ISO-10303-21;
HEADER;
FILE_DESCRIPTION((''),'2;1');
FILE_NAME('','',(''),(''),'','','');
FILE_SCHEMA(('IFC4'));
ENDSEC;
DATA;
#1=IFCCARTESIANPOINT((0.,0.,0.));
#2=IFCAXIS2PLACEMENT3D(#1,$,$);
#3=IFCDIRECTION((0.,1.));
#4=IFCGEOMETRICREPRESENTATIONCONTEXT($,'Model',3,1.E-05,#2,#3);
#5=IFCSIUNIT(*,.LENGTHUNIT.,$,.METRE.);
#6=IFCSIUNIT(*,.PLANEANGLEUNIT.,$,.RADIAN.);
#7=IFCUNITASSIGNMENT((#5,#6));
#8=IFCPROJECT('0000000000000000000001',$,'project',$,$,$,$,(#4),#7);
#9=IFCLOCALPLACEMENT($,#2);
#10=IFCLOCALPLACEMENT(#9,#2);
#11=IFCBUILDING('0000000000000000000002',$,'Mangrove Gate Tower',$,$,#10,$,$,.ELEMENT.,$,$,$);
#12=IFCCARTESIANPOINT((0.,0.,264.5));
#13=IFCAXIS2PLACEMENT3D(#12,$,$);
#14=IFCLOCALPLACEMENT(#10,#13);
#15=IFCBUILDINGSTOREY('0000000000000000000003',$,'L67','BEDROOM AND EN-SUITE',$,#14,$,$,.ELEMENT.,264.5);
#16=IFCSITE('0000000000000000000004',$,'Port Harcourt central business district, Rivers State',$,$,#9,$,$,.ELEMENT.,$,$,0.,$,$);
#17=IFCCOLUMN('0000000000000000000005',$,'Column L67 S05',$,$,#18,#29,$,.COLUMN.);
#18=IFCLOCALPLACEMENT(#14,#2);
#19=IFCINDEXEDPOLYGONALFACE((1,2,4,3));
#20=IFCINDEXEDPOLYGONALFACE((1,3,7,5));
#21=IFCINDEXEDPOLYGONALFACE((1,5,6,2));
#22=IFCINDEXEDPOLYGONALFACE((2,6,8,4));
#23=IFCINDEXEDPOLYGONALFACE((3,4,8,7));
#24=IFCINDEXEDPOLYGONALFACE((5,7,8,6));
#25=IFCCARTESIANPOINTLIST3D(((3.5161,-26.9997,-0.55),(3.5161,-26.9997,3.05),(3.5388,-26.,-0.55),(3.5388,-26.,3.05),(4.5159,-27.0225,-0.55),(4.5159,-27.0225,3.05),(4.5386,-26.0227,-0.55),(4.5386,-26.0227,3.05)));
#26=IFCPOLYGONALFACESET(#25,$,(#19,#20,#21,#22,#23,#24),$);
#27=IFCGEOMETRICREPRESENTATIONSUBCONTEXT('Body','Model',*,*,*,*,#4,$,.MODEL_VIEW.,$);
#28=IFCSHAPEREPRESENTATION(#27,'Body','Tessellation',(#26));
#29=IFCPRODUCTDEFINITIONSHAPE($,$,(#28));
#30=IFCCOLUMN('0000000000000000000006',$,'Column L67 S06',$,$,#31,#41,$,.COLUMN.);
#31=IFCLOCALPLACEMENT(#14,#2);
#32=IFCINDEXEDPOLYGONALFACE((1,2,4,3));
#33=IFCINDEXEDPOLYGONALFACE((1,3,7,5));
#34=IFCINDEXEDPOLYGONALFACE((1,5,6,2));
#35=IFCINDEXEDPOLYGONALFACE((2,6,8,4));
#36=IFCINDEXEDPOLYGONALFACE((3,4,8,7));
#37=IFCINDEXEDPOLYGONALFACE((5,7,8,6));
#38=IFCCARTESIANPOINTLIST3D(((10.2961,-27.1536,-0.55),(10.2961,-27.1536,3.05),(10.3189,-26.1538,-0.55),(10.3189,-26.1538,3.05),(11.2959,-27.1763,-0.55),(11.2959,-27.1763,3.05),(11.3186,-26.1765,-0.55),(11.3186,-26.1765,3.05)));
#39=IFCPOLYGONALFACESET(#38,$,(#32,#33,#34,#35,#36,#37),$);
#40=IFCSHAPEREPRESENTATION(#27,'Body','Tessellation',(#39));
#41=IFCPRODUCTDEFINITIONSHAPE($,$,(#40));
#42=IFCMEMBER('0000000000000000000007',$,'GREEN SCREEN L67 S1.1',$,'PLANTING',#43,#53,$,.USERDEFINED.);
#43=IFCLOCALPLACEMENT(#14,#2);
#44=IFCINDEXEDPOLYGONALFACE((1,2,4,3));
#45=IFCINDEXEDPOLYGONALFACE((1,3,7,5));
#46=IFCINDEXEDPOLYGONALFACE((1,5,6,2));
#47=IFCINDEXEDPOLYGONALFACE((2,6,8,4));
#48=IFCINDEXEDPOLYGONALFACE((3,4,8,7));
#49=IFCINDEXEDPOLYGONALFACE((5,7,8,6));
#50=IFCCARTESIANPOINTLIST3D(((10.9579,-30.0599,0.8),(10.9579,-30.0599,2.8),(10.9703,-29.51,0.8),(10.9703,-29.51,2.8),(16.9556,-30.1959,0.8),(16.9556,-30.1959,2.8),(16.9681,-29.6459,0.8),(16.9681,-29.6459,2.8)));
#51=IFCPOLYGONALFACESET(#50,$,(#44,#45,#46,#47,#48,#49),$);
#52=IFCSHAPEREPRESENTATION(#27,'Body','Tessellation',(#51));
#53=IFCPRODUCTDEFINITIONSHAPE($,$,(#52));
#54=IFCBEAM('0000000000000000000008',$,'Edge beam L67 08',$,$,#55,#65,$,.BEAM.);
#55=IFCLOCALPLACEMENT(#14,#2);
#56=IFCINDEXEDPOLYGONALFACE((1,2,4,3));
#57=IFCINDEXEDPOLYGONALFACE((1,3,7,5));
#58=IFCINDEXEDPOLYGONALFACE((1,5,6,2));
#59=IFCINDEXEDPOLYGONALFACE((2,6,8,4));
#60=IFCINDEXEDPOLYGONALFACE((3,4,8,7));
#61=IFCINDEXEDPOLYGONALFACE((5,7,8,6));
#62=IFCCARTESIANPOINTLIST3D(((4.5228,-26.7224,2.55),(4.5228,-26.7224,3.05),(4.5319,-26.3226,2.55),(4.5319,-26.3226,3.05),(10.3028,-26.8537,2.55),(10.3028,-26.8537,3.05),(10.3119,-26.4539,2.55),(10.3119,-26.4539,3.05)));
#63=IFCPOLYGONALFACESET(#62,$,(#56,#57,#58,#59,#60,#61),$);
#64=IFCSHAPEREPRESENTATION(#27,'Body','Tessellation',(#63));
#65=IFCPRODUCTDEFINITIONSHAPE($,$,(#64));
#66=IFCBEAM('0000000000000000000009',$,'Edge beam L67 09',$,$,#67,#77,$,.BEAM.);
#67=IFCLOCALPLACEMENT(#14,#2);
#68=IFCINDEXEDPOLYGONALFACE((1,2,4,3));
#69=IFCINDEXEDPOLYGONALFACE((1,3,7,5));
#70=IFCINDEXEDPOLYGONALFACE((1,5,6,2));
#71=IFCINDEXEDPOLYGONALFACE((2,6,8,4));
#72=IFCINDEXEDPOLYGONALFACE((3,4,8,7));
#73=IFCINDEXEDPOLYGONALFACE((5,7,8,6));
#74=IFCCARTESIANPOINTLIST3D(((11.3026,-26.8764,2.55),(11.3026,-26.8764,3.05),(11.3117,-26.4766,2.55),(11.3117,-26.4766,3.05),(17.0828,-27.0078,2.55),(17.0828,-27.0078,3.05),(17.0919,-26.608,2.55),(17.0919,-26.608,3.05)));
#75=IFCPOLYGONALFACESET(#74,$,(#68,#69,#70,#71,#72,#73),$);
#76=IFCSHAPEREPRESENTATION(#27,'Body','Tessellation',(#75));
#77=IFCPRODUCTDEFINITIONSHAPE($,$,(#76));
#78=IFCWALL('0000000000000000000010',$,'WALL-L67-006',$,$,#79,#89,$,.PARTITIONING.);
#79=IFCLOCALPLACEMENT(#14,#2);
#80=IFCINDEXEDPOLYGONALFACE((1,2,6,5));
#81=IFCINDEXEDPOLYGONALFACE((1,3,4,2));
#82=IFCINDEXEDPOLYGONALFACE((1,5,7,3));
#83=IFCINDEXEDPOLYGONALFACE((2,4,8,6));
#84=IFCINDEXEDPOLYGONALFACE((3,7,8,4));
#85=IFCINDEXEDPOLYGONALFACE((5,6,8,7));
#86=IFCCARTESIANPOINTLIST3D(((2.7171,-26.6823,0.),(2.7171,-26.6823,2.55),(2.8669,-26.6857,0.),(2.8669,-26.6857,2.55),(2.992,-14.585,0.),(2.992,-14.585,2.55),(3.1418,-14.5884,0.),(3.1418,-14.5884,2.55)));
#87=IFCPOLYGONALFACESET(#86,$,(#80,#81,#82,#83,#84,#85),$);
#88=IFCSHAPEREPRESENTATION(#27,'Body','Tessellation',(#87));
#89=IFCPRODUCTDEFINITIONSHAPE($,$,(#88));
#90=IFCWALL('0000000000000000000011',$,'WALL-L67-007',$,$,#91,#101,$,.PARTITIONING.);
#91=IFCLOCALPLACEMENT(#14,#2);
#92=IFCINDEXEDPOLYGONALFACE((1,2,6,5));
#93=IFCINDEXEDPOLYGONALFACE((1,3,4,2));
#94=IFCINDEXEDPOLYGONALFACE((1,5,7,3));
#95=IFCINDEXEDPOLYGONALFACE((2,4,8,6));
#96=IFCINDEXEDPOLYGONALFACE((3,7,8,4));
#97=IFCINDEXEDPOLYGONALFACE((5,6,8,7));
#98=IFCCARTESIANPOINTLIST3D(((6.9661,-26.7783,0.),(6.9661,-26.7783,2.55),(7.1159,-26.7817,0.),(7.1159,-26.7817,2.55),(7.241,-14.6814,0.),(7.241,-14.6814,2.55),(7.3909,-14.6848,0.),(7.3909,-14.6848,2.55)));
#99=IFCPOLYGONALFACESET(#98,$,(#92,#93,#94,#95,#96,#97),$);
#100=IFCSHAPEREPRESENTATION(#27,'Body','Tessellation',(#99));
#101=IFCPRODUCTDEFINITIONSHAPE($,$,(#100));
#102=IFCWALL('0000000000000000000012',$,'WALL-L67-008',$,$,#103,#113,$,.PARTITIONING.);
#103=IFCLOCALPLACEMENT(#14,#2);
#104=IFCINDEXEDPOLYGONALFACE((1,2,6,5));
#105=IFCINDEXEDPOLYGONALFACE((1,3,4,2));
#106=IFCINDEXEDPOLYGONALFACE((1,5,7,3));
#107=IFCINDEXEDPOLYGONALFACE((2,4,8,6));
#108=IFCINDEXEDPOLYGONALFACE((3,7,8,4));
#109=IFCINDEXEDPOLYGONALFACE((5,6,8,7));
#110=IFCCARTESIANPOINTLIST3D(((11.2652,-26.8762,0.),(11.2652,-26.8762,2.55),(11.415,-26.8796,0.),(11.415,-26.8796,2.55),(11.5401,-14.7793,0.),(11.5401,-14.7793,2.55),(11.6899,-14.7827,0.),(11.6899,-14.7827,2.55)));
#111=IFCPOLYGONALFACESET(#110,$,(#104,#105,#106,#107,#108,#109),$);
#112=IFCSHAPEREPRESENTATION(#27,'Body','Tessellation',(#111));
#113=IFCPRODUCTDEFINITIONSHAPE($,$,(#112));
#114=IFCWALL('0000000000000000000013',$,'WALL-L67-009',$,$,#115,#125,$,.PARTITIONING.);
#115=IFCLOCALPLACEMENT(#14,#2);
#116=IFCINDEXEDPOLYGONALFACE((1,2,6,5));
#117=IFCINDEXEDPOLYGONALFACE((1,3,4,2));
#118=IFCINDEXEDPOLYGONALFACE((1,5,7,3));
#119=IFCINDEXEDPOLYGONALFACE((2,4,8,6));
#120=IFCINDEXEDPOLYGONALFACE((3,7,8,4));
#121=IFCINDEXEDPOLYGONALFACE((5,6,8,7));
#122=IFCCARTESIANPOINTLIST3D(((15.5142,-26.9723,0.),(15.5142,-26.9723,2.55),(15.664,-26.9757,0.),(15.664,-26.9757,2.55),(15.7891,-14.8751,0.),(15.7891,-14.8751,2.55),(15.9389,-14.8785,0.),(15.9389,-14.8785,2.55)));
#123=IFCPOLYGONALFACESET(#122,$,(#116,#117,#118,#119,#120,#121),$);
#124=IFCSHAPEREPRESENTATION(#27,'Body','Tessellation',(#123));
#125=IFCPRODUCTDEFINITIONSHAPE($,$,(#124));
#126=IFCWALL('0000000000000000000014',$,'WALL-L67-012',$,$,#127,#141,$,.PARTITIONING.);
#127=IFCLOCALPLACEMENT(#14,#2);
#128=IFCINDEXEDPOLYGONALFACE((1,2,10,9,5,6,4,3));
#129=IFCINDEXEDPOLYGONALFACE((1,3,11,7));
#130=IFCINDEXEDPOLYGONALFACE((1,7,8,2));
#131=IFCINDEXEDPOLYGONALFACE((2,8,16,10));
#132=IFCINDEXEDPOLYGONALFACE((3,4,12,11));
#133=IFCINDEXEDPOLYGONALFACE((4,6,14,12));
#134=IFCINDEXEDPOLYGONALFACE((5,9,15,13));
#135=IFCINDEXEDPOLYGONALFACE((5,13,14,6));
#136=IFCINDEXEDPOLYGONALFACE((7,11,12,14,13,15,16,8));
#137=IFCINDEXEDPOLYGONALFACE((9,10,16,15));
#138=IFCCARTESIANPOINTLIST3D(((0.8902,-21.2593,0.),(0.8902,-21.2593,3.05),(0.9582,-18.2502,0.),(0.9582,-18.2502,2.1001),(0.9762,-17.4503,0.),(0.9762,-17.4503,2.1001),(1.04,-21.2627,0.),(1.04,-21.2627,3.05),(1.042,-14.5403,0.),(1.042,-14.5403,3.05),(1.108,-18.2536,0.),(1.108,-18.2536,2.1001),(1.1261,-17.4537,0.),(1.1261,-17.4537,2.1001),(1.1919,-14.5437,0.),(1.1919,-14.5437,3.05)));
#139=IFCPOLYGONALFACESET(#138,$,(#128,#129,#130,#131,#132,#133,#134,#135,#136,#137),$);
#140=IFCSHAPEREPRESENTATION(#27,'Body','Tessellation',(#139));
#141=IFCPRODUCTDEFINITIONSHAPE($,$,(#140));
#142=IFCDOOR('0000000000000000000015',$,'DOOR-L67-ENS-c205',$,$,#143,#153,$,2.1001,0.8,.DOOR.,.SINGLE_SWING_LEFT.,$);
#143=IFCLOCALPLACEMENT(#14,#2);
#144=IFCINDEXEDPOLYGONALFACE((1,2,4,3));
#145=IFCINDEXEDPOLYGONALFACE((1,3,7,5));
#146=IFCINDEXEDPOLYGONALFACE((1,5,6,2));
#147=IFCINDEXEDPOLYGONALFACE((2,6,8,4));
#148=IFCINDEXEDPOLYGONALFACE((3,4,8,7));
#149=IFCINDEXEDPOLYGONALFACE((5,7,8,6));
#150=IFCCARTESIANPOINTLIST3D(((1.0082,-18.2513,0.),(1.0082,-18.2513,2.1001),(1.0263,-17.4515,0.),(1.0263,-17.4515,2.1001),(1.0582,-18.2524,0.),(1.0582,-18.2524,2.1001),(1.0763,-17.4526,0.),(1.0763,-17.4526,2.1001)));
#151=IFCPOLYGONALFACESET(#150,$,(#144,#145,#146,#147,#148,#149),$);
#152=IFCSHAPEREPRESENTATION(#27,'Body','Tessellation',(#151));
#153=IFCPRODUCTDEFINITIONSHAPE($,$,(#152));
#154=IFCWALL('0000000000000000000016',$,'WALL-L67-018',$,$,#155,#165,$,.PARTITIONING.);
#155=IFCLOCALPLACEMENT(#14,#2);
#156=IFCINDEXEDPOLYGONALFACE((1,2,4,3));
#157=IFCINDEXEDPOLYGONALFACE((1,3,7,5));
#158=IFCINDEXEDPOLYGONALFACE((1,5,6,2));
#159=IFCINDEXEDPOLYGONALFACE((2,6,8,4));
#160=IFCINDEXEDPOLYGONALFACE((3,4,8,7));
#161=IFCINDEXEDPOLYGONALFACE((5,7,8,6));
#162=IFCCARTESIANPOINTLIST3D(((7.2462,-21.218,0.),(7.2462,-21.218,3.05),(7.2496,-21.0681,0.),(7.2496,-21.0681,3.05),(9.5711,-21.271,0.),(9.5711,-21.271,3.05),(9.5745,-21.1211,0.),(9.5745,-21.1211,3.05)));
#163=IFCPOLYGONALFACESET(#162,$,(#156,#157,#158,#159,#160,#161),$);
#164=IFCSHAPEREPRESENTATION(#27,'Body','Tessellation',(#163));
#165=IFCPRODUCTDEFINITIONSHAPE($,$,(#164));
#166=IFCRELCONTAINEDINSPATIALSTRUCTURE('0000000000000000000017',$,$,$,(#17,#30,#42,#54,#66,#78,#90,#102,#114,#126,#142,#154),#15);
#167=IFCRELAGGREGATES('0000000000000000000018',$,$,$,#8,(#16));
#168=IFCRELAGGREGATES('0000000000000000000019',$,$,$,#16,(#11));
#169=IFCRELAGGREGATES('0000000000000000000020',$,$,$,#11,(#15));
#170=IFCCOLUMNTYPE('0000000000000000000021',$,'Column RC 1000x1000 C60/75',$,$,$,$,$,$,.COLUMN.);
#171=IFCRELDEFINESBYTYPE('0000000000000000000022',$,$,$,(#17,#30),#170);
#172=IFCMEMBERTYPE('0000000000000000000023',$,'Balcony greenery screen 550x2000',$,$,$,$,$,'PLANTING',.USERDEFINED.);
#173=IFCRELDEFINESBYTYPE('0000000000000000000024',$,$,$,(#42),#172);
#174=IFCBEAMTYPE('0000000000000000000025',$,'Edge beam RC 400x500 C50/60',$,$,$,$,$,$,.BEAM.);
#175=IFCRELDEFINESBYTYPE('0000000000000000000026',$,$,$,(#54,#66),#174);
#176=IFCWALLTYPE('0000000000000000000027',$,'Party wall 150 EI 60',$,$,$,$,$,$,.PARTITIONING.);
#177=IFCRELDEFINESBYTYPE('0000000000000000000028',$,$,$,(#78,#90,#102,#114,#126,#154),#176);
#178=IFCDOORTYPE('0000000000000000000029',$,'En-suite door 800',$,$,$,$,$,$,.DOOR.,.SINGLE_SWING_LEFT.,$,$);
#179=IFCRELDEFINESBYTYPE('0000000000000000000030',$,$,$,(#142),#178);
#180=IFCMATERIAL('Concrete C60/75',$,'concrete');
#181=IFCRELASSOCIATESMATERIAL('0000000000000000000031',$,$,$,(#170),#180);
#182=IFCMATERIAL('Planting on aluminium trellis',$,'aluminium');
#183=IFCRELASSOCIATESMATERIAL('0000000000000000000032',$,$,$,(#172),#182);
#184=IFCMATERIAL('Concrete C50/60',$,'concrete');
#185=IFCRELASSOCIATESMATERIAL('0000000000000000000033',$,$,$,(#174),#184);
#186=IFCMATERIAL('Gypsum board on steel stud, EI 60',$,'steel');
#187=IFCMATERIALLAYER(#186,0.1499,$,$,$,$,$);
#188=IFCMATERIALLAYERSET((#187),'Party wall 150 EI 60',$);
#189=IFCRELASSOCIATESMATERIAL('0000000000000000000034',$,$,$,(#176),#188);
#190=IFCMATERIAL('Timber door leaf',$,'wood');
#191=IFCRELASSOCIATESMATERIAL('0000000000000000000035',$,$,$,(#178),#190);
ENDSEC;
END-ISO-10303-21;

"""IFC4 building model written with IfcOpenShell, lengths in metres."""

from ifc_helpers import new_model, si_unit, direction, frame, frame_2d, origin, origin_2d, place, context, subcontext, project, spatial, rectangle, extrude, material, layer, layer_set, material_profile, profile_set, type_object, element, fill, save


model = new_model("IFC4")

# Units and contexts
model_context = context("Model", 3, precision=1e-05, world=origin(), true_north=direction((0.0, 1.0)))
body_context = subcontext(model_context, "Body", "Model", "MODEL_VIEW")
ifc_project = project(units=[si_unit("LENGTHUNIT", "METRE"), si_unit("PLANEANGLEUNIT", "RADIAN")], contexts=[model_context])

# Site, building, storey
site_placement = place(None, origin())
site = spatial("IfcSite", under=ifc_project, at=site_placement, Name="Port Harcourt central business district, Rivers State", CompositionType="ELEMENT", RefElevation=0.0)
building_placement = place(site_placement, origin())
building = spatial("IfcBuilding", under=site, at=building_placement, Name="Mangrove Gate Tower", CompositionType="ELEMENT")
storey_placement = place(building_placement, frame((0.0, 0.0, 264.5)))
storey = spatial("IfcBuildingStorey", under=building, at=storey_placement, Name="L67", Description="BEDROOM AND EN-SUITE", CompositionType="ELEMENT", Elevation=264.5)

# Columns
ifc_material_1 = material(Name="Concrete C60/75", Category="concrete")
ifc_material_profile_1 = material_profile(ifc_material_1, rectangle(XDim=1.0, YDim=1.0, at=origin_2d()))
ifc_profile_set_1 = profile_set([ifc_material_profile_1], Name="Concrete C60/75")
column_type = type_object("IfcColumnType", Name="Column RC 1000x1000 C60/75", PredefinedType="COLUMN", material=ifc_profile_set_1)
for number, where, z_axis, x_axis, name in (
    (1, (4.0273, -26.5112, -0.55), (0.0, 0.0, 1.0), (0.999742, -0.022708, 0.0), "Column L67 S05"),
    (2, (10.8074, -26.665, -0.55), (0.0, 0.0, 1.0), (0.999742, -0.022708, 0.0), "Column L67 S06"),
):
    element("IfcColumn", number, at=place(storey_placement, frame(where, z_axis=z_axis, x_axis=x_axis)), inside=storey, type_object=column_type, Name=name, PredefinedType="COLUMN", context=body_context, shape_type="SweptSolid", body=[
        extrude(rectangle(XDim=1.0, YDim=1.0, at=origin_2d()), origin(), (0.0, 0.0, 1.0), 3.6001),
    ])

# Member
ifc_material_2 = material(Name="Planting on aluminium trellis", Category="aluminium")
ifc_material_profile_2 = material_profile(ifc_material_2, rectangle(XDim=0.55, YDim=2.0, at=origin_2d()))
ifc_profile_set_2 = profile_set([ifc_material_profile_2], Name="Planting on aluminium trellis")
member_type = type_object("IfcMemberType", Name="Balcony greenery screen 550x2000", ElementType="PLANTING", PredefinedType="USERDEFINED", material=ifc_profile_set_2)
member_placement = place(storey_placement, frame((10.9641, -29.7849, 1.8), z_axis=(0.999743, -0.022667, 0.0), x_axis=(0.022667, 0.999743, 0.0)))
element("IfcMember", 3, at=member_placement, inside=storey, type_object=member_type, Name="GREEN SCREEN L67 S1.1", ObjectType="PLANTING", PredefinedType="USERDEFINED", context=body_context, shape_type="SweptSolid", body=[
    extrude(rectangle(XDim=0.55, YDim=2.0, at=origin_2d()), origin(), (0.0, 0.0, 1.0), 5.9993),
])

# Beams
ifc_material_3 = material(Name="Concrete C50/60", Category="concrete")
ifc_material_profile_3 = material_profile(ifc_material_3, rectangle(XDim=0.3999, YDim=0.5, at=origin_2d()))
ifc_profile_set_3 = profile_set([ifc_material_profile_3], Name="Concrete C50/60")
beam_type = type_object("IfcBeamType", Name="Edge beam RC 400x500 C50/60", PredefinedType="BEAM", material=ifc_profile_set_3)
beam_1_placement = place(storey_placement, frame((4.5273, -26.5225, 2.8), z_axis=(0.999742, -0.022719, 0.0), x_axis=(0.022719, 0.999742, 0.0)))
element("IfcBeam", 4, at=beam_1_placement, inside=storey, type_object=beam_type, Name="Edge beam L67 08", PredefinedType="BEAM", context=body_context, shape_type="SweptSolid", body=[
    extrude(rectangle(XDim=0.3999, YDim=0.5, at=origin_2d()), origin(), (0.0, 0.0, 1.0), 5.7815),
])
beam_2_placement = place(storey_placement, frame((11.3071, -26.6765, 2.8), z_axis=(0.999742, -0.022718, 0.0), x_axis=(0.022718, 0.999742, 0.0)))
element("IfcBeam", 5, at=beam_2_placement, inside=storey, type_object=beam_type, Name="Edge beam L67 09", PredefinedType="BEAM", context=body_context, shape_type="SweptSolid", body=[
    extrude(rectangle(XDim=0.3999, YDim=0.5, at=origin_2d()), origin(), (0.0, 0.0, 1.0), 5.7817),
])

# Walls
ifc_material_4 = material(Name="Gypsum board on steel stud, EI 60", Category="steel")
ifc_layer_1 = layer(ifc_material_4, 0.1499)
ifc_layer_set_1 = layer_set([ifc_layer_1], Name="Party wall 150 EI 60")
wall_type_1 = type_object("IfcWallType", Name="Party wall 150 EI 60", PredefinedType="PARTITIONING", material=ifc_layer_set_1)
wall_1_placement = place(storey_placement, frame((2.792, -26.6841, 0.0), z_axis=(0.0, 0.0, 1.0), x_axis=(0.022719, 0.999742, 0.0)))
element("IfcWall", 6, at=wall_1_placement, inside=storey, type_object=wall_type_1, Name="WALL-L67-006", PredefinedType="PARTITIONING", context=body_context, shape_type="SweptSolid", body=[
    extrude(rectangle(XDim=12.1003, YDim=0.1499, at=frame_2d((6.0503, 0.0))), origin(), (0.0, 0.0, 1.0), 2.55),
])
for number, where, z_axis, x_axis, name in (
    (7, (7.041, -26.78, 0.0), (0.0, 0.0, 1.0), (0.022719, 0.999742, 0.0), "WALL-L67-007"),
    (8, (11.3401, -26.8779, 0.0), (0.0, 0.0, 1.0), (0.022719, 0.999742, 0.0), "WALL-L67-008"),
):
    element("IfcWall", number, at=place(storey_placement, frame(where, z_axis=z_axis, x_axis=x_axis)), inside=storey, type_object=wall_type_1, Name=name, PredefinedType="PARTITIONING", context=body_context, shape_type="SweptSolid", body=[
        extrude(rectangle(XDim=12.1001, YDim=0.1499, at=frame_2d((6.05, 0.0))), origin(), (0.0, 0.0, 1.0), 2.55),
    ])
wall_2_placement = place(storey_placement, frame((15.5891, -26.9741, 0.0), z_axis=(0.0, 0.0, 1.0), x_axis=(0.022719, 0.999742, 0.0)))
element("IfcWall", 9, at=wall_2_placement, inside=storey, type_object=wall_type_1, Name="WALL-L67-009", PredefinedType="PARTITIONING", context=body_context, shape_type="SweptSolid", body=[
    extrude(rectangle(XDim=12.1003, YDim=0.1499, at=frame_2d((6.0503, 0.0))), origin(), (0.0, 0.0, 1.0), 2.55),
])

# Wall, opening, door
wall_3_placement = place(storey_placement, frame((0.9651, -21.261, 0.0), z_axis=(0.0, 0.0, 1.0), x_axis=(0.022595, 0.999745, 0.0)))
wall_3 = element("IfcWall", 10, at=wall_3_placement, inside=storey, type_object=wall_type_1, Name="WALL-L67-012", PredefinedType="PARTITIONING", context=body_context, shape_type="SweptSolid", body=[
    extrude(rectangle(XDim=6.7207, YDim=0.1499, at=frame_2d((3.3604, 0.0))), origin(), (0.0, 0.0, 1.0), 3.05),
])
opening_1_placement = place(wall_3_placement, frame((3.01, 0.0, 0.0)))
opening_1 = element("IfcOpeningElement", 11, at=opening_1_placement, cuts=wall_3, PredefinedType="OPENING", context=body_context, shape_type="SweptSolid", body=[
    extrude(rectangle(XDim=0.8, YDim=2.1001, at=frame_2d((0.3999, 1.05))), frame((0.0, 0.085, 0.0), z_axis=(0.0, -1.0, 0.0), x_axis=(1.0, 0.0, 0.0)), (0.0, 0.0, 1.0), 0.1699),
])
ifc_material_5 = material(Name="Timber door leaf", Category="wood")
door_type = type_object("IfcDoorType", Name="En-suite door 800", OperationType="SINGLE_SWING_LEFT", PredefinedType="DOOR", material=ifc_material_5)
door_1_placement = place(opening_1_placement, origin())
door_1 = element("IfcDoor", 12, at=door_1_placement, inside=storey, type_object=door_type, Name="DOOR-L67-ENS-c205", OperationType="SINGLE_SWING_LEFT", OverallHeight=2.1001, OverallWidth=0.8, PredefinedType="DOOR", context=body_context, shape_type="SweptSolid", body=[
    extrude(rectangle(XDim=0.8, YDim=2.1001, at=frame_2d((0.3999, 1.05))), frame((0.0, 0.0249, 0.0), z_axis=(0.0, -1.0, 0.0), x_axis=(1.0, 0.0, 0.0)), (0.0, 0.0, 1.0), 0.05),
])
fill(opening_1, door_1)

# Wall
wall_4_placement = place(storey_placement, frame((7.248, -21.1431, 0.0), z_axis=(0.0, 0.0, 1.0), x_axis=(0.99974, -0.022781, 0.0)))
element("IfcWall", 13, at=wall_4_placement, inside=storey, type_object=wall_type_1, Name="WALL-L67-018", PredefinedType="PARTITIONING", context=body_context, shape_type="SweptSolid", body=[
    extrude(rectangle(XDim=2.3254, YDim=0.1499, at=frame_2d((1.1626, 0.0))), origin(), (0.0, 0.0, 1.0), 3.05),
])

save(model, "model.ifc")
